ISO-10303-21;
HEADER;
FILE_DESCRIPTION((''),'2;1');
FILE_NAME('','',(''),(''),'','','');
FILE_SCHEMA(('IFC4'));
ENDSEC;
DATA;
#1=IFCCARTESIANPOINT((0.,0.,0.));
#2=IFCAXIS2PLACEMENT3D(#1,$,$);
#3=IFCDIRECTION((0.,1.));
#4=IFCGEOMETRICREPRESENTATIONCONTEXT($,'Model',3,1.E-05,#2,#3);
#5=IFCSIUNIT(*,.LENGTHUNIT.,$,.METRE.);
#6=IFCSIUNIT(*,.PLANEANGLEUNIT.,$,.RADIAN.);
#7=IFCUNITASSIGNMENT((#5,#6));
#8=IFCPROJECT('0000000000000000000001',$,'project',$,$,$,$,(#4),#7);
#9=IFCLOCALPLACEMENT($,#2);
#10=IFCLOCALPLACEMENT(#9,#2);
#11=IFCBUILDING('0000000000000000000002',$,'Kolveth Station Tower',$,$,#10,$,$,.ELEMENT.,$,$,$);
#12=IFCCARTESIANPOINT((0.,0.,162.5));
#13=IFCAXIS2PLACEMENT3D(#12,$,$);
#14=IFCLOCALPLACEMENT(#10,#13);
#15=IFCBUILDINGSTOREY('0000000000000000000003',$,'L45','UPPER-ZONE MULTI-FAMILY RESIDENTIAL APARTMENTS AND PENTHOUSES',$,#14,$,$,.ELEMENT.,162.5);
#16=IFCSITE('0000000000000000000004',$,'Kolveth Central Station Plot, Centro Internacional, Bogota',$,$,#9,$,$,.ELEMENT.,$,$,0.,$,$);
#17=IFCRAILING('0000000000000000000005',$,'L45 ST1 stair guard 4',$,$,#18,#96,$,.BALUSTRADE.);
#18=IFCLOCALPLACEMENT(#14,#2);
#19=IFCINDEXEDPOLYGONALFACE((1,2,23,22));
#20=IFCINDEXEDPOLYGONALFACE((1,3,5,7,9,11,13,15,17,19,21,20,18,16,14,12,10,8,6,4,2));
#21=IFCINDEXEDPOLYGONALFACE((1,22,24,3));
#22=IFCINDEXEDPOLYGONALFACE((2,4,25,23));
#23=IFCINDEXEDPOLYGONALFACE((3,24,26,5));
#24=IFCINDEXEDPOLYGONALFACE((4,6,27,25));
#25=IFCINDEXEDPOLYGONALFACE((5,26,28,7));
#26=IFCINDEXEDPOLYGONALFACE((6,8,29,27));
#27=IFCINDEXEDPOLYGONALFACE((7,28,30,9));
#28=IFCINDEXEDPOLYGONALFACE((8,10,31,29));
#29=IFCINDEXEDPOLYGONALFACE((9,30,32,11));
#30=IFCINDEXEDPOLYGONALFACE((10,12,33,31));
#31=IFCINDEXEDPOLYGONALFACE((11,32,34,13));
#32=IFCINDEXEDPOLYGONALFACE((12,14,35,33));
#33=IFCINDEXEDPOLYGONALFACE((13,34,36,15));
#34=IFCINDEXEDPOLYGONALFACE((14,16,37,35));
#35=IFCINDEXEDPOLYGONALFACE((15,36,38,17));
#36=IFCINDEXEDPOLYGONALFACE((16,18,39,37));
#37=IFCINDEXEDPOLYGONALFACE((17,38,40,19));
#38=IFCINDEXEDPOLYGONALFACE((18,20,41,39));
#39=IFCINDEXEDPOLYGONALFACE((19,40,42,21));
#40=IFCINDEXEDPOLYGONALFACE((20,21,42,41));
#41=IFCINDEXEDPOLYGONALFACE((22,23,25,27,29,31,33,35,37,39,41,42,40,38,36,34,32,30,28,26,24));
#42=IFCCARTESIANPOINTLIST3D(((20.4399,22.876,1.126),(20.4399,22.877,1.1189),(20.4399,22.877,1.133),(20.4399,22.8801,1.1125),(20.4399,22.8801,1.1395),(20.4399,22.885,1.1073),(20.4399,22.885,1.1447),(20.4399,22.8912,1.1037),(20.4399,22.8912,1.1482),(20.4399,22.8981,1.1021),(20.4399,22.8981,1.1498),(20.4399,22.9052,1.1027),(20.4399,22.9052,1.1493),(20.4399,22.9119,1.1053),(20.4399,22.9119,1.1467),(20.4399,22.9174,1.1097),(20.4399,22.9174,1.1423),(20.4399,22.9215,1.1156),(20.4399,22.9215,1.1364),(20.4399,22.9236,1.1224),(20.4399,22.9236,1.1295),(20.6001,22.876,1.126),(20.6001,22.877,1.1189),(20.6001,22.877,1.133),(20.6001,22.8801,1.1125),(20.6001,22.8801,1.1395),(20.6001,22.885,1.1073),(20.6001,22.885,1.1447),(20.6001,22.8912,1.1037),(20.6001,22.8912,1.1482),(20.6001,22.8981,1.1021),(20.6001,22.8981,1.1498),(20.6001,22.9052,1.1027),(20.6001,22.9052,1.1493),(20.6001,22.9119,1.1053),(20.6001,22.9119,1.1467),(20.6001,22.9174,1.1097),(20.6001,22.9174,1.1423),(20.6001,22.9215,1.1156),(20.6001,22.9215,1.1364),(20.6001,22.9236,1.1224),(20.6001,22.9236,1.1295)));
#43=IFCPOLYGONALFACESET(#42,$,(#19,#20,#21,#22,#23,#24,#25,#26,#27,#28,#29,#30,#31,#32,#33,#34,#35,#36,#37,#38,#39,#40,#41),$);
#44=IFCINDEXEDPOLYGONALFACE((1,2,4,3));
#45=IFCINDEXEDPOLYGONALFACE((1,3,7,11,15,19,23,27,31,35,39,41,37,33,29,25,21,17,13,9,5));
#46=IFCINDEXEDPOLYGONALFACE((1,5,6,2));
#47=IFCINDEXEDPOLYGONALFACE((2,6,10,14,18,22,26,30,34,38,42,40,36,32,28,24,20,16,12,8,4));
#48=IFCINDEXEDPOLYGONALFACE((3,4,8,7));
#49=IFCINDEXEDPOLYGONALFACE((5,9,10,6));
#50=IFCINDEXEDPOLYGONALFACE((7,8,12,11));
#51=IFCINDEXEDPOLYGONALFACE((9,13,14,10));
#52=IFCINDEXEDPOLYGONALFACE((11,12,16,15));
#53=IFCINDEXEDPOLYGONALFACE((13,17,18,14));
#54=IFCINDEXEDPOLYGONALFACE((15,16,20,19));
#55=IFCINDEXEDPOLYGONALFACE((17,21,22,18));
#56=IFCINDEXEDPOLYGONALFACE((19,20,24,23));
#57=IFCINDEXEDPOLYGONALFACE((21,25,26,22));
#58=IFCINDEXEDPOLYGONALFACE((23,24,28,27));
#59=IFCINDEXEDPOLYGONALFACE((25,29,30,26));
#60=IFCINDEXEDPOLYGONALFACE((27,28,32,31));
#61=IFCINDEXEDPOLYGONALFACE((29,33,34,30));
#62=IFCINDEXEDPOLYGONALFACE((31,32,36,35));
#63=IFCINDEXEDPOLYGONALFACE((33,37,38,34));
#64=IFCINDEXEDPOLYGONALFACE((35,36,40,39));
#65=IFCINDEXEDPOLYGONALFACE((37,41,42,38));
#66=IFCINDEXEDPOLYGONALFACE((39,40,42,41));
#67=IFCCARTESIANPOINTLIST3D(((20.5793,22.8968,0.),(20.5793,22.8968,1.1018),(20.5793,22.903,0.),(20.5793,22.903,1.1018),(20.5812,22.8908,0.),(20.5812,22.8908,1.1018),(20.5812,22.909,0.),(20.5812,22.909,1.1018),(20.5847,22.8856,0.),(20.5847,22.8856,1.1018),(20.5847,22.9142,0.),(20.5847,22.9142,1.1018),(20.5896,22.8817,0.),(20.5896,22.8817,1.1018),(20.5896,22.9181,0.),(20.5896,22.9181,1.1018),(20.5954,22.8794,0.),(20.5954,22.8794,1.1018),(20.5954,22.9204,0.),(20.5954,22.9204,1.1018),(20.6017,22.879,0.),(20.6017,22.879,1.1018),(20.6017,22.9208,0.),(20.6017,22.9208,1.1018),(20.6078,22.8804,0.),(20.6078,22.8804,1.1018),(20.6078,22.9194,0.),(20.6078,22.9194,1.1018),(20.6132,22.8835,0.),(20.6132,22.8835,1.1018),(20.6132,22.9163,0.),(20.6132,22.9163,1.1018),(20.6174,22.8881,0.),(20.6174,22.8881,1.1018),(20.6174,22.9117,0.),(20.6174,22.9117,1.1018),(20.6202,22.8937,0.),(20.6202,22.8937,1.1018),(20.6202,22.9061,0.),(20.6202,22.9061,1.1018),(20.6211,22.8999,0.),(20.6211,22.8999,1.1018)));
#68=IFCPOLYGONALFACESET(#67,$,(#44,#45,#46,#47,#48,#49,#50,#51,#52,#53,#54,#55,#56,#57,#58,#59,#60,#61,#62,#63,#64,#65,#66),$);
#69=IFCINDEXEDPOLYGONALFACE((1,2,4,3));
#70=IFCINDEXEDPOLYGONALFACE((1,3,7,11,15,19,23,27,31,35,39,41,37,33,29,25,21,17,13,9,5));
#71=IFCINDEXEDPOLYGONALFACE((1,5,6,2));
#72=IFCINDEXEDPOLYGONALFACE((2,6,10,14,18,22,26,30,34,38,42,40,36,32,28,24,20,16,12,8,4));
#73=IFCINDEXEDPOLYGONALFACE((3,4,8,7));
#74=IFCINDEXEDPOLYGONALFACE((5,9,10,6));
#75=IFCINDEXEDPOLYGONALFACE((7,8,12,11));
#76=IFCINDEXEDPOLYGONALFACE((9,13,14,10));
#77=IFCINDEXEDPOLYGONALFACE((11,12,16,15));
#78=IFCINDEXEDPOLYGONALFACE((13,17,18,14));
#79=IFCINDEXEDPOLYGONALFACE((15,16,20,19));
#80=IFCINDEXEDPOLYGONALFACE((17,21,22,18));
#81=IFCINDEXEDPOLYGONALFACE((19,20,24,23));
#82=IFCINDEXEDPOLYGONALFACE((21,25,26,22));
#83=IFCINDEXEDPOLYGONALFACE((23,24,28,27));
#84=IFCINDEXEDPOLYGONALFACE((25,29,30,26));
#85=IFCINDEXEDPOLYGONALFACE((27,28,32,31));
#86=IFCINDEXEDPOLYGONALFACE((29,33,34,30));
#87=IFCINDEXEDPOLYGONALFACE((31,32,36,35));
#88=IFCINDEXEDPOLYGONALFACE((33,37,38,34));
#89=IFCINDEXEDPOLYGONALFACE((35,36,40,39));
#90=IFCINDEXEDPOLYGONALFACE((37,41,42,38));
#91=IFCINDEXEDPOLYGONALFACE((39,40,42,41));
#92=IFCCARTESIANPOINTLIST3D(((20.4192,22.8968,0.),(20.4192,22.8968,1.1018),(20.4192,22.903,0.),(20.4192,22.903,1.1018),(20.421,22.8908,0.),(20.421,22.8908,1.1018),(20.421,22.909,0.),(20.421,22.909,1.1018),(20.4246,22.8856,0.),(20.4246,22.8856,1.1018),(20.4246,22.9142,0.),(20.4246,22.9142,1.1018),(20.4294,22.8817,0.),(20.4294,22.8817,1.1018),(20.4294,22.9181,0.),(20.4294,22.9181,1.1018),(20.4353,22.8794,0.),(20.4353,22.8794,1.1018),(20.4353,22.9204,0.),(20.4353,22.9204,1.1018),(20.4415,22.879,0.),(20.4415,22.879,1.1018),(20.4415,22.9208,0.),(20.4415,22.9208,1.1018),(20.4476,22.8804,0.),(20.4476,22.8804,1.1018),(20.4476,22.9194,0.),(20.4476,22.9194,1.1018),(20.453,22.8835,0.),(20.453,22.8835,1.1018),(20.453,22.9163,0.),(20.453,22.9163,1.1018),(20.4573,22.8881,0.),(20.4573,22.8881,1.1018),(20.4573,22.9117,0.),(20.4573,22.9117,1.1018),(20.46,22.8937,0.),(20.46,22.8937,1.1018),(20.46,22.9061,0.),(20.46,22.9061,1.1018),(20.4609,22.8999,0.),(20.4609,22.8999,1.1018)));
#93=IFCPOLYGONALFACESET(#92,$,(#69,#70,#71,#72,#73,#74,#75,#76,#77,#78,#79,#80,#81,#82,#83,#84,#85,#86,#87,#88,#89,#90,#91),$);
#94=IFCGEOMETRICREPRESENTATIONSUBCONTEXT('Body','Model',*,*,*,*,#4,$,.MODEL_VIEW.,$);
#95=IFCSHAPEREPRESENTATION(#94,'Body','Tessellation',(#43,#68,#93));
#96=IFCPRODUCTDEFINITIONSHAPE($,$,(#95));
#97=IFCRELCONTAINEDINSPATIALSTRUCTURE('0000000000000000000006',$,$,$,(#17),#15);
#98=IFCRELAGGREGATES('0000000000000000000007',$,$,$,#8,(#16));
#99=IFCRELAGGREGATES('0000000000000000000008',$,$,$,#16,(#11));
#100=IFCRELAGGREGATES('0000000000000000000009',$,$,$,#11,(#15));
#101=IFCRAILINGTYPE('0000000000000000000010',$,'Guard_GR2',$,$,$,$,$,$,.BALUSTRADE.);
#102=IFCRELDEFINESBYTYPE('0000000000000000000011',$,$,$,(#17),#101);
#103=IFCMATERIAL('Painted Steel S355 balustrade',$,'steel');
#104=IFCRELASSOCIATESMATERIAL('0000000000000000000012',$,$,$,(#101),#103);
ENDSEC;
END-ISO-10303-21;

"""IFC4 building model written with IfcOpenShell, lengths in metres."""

from ifc_helpers import new_model, si_unit, direction, frame, origin, origin_2d, place, context, subcontext, project, spatial, circle, extrude, material, type_object, element, save


model = new_model("IFC4")

# Units and contexts
model_context = context("Model", 3, precision=1e-05, world=origin(), true_north=direction((0.0, 1.0)))
body_context = subcontext(model_context, "Body", "Model", "MODEL_VIEW")
ifc_project = project(units=[si_unit("LENGTHUNIT", "METRE"), si_unit("PLANEANGLEUNIT", "RADIAN")], contexts=[model_context])

# Site, building, storey
site_placement = place(None, origin())
site = spatial("IfcSite", under=ifc_project, at=site_placement, Name="Kolveth Central Station Plot, Centro Internacional, Bogota", CompositionType="ELEMENT", RefElevation=0.0)
building_placement = place(site_placement, origin())
building = spatial("IfcBuilding", under=site, at=building_placement, Name="Kolveth Station Tower", CompositionType="ELEMENT")
storey_placement = place(building_placement, frame((0.0, 0.0, 162.5)))
storey = spatial("IfcBuildingStorey", under=building, at=storey_placement, Name="L45", Description="UPPER-ZONE MULTI-FAMILY RESIDENTIAL APARTMENTS AND PENTHOUSES", CompositionType="ELEMENT", Elevation=162.5)

# Railing
ifc_material_1 = material(Name="Painted Steel S355 balustrade", Category="steel")
railing_type_1 = type_object("IfcRailingType", Name="Guard_GR2", PredefinedType="BALUSTRADE", material=ifc_material_1)
railing_1_placement = place(storey_placement, frame((20.6001, 22.8999, 0.0)))
element("IfcRailing", 1, at=railing_1_placement, inside=storey, type_object=railing_type_1, Name="L45 ST1 stair guard 4", PredefinedType="BALUSTRADE", context=body_context, shape_type="SweptSolid", body=[
    extrude(circle(Radius=0.0239, at=origin_2d()), frame((0.0, 0.0, 1.126), z_axis=(-1.0, 0.0, 0.0), x_axis=(0.0, -1.0, 0.0)), (0.0, 0.0, 1.0), 0.1602),
    extrude(circle(Radius=0.021, at=origin_2d()), origin(), (0.0, 0.0, 1.0), 1.1018),
    extrude(circle(Radius=0.021, at=origin_2d()), frame((-0.1602, 0.0, 0.0)), (0.0, 0.0, 1.0), 1.1018),
])

save(model, "model.ifc")
